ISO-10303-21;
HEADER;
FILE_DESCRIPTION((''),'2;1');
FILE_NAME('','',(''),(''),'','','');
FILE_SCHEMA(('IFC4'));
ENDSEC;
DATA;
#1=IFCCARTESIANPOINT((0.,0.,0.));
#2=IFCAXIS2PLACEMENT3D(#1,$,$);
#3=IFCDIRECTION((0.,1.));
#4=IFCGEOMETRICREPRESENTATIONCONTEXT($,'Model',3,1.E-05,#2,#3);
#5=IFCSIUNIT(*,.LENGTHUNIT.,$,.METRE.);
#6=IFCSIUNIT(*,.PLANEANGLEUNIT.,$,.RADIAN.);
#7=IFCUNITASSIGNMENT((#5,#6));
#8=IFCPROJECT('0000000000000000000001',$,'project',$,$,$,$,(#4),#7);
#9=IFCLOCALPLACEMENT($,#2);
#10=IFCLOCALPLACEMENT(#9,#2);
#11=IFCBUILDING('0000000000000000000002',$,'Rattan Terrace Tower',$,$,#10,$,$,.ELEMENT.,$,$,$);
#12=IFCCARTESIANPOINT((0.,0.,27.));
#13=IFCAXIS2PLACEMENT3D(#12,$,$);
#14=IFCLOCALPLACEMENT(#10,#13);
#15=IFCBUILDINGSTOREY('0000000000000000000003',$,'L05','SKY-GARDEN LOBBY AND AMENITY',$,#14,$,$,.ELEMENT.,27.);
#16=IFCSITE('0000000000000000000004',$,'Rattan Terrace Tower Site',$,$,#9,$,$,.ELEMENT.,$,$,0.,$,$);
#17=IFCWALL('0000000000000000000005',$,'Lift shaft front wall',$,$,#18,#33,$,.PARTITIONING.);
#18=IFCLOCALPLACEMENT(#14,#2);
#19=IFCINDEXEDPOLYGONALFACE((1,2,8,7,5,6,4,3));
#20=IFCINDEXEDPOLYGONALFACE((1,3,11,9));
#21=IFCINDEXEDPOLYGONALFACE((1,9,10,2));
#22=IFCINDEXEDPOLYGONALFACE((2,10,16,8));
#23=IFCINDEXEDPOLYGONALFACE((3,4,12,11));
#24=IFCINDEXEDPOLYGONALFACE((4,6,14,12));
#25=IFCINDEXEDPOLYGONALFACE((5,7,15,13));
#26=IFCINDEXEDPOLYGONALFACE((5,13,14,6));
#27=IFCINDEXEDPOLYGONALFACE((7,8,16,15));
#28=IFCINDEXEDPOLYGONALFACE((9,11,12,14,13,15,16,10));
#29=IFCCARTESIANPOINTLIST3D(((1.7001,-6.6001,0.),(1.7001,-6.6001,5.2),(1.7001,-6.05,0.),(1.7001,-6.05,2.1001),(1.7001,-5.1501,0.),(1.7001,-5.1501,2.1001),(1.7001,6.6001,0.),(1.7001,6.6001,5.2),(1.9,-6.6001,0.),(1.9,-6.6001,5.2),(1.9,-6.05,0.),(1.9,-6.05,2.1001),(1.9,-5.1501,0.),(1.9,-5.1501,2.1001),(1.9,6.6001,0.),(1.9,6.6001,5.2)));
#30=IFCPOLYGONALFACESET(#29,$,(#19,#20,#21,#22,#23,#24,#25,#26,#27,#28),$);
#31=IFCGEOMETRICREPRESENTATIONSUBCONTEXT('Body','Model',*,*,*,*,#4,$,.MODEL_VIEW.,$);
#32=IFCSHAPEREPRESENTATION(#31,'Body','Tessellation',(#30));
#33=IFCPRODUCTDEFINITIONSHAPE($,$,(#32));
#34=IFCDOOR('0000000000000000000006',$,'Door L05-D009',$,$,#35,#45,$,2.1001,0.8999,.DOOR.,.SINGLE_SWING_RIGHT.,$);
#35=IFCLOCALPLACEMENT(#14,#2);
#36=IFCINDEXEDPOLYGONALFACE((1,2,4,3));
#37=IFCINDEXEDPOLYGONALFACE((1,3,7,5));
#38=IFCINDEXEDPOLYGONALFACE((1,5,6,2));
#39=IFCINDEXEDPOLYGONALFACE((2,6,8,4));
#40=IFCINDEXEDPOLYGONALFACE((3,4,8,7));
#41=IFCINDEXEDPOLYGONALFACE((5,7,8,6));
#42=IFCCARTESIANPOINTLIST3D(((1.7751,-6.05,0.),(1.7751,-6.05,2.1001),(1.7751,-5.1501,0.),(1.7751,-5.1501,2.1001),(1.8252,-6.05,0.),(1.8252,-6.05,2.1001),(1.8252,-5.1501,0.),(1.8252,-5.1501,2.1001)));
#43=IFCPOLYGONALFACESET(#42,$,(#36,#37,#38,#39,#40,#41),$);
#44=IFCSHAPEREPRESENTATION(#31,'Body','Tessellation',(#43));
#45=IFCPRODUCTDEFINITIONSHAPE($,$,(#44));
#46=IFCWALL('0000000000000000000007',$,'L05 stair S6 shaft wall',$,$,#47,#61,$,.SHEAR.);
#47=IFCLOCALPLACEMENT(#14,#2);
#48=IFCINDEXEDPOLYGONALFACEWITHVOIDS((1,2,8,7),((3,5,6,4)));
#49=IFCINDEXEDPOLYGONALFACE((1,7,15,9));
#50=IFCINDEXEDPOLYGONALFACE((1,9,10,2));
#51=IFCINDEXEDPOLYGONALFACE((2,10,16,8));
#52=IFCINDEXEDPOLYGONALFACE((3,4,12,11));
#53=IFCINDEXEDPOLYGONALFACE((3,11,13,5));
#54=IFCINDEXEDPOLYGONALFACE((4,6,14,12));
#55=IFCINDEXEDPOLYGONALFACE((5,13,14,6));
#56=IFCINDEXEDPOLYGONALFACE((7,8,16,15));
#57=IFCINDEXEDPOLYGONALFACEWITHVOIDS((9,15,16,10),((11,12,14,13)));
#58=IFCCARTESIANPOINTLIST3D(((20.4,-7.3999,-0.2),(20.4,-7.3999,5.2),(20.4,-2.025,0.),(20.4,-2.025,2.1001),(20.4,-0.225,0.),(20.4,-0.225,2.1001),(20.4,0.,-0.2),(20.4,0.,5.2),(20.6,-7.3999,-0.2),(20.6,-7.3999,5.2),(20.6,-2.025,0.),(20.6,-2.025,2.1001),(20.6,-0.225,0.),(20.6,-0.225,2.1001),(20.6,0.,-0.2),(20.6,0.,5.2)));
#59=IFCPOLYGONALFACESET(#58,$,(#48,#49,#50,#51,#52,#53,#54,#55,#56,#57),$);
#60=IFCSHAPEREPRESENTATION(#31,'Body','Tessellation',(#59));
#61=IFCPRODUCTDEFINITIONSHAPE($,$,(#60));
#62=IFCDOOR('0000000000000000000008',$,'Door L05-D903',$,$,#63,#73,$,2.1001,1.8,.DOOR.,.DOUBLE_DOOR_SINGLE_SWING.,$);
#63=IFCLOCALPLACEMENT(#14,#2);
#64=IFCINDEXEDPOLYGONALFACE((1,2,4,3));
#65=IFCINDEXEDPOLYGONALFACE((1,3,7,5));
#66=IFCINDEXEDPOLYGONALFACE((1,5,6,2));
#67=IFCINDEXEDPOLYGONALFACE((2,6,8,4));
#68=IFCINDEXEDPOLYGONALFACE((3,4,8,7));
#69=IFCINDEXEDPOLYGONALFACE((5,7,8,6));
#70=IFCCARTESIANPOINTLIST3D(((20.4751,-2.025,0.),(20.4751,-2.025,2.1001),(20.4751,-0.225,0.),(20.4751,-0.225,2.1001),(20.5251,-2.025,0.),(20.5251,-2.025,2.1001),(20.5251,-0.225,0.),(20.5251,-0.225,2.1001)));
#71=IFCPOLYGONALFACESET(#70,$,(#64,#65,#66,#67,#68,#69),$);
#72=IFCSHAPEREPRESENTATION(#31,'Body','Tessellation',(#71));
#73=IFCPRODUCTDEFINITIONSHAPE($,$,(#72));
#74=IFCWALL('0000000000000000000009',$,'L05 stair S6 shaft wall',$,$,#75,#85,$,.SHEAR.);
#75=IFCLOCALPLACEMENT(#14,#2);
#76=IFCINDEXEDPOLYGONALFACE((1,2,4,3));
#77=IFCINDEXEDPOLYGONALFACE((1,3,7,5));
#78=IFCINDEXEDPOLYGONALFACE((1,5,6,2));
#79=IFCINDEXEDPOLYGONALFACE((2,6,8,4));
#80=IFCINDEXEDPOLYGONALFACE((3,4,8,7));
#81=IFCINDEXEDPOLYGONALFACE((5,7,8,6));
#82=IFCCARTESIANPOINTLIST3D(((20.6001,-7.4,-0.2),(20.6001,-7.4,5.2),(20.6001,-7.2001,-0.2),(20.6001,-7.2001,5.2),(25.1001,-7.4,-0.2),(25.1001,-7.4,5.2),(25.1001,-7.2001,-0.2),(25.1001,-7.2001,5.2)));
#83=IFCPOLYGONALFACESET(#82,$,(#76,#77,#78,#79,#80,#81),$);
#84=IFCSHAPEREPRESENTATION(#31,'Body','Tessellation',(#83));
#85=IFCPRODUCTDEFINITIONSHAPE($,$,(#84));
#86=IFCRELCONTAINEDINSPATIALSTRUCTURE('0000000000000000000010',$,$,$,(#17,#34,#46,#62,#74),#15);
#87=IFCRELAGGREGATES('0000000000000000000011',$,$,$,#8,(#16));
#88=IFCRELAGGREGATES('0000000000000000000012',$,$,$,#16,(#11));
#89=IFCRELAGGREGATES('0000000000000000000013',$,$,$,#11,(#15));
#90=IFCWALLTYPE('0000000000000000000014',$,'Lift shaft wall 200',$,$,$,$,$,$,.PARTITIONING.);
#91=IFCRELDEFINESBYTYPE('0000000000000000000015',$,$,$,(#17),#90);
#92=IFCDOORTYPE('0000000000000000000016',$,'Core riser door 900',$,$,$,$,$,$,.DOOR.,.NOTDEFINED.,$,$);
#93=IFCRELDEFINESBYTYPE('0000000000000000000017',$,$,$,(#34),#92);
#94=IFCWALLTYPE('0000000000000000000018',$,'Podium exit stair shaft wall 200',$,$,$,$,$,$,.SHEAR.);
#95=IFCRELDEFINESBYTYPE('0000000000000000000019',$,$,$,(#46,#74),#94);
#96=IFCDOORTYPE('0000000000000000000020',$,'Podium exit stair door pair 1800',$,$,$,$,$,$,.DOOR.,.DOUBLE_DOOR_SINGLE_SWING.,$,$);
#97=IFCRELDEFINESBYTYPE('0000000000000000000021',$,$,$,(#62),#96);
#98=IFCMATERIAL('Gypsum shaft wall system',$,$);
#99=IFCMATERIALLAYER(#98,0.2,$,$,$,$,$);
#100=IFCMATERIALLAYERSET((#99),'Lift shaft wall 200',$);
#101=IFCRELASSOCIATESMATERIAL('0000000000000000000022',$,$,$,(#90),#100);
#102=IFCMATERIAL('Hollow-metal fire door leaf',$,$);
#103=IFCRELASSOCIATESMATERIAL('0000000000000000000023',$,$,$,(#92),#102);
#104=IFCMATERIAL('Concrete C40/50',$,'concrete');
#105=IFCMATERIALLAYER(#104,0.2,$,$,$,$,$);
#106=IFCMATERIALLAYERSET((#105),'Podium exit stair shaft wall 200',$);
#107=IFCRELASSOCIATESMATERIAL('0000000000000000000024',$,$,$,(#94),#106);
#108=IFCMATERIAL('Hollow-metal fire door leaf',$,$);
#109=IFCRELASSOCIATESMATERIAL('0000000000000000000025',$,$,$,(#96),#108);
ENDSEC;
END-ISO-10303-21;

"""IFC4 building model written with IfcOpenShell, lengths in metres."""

from ifc_helpers import new_model, si_unit, direction, frame, frame_2d, origin, place, context, subcontext, project, spatial, rectangle, extrude, material, layer, layer_set, type_object, element, fill, save


model = new_model("IFC4")

# Units and contexts
model_context = context("Model", 3, precision=1e-05, world=origin(), true_north=direction((0.0, 1.0)))
body_context = subcontext(model_context, "Body", "Model", "MODEL_VIEW")
ifc_project = project(units=[si_unit("LENGTHUNIT", "METRE"), si_unit("PLANEANGLEUNIT", "RADIAN")], contexts=[model_context])

# Site, building, storey
site_placement = place(None, origin())
site = spatial("IfcSite", under=ifc_project, at=site_placement, Name="Rattan Terrace Tower Site", CompositionType="ELEMENT", RefElevation=0.0)
building_placement = place(site_placement, origin())
building = spatial("IfcBuilding", under=site, at=building_placement, Name="Rattan Terrace Tower", CompositionType="ELEMENT")
storey_placement = place(building_placement, frame((0.0, 0.0, 27.0)))
storey = spatial("IfcBuildingStorey", under=building, at=storey_placement, Name="L05", Description="SKY-GARDEN LOBBY AND AMENITY", CompositionType="ELEMENT", Elevation=27.0)

# Walls, openings, doors
ifc_material_1 = material(Name="Gypsum shaft wall system")
ifc_layer_1 = layer(ifc_material_1, 0.2)
ifc_layer_set_1 = layer_set([ifc_layer_1], Name="Lift shaft wall 200")
wall_type_1 = type_object("IfcWallType", Name="Lift shaft wall 200", PredefinedType="PARTITIONING", material=ifc_layer_set_1)
wall_1_placement = place(storey_placement, frame((1.8, -6.6001, 0.0), z_axis=(0.0, 0.0, 1.0), x_axis=(0.0, 1.0, 0.0)))
wall_1 = element("IfcWall", 1, at=wall_1_placement, inside=storey, type_object=wall_type_1, Name="Lift shaft front wall", PredefinedType="PARTITIONING", context=body_context, shape_type="SweptSolid", body=[
    extrude(rectangle(XDim=13.2002, YDim=0.2, at=frame_2d((6.6001, 0.0))), origin(), (0.0, 0.0, 1.0), 5.2),
])
opening_1_placement = place(wall_1_placement, frame((0.55, 0.0, 0.0)))
opening_1 = element("IfcOpeningElement", 2, at=opening_1_placement, cuts=wall_1, PredefinedType="OPENING", context=body_context, shape_type="SweptSolid", body=[
    extrude(rectangle(XDim=0.8999, YDim=2.1001, at=frame_2d((0.45, 1.05))), frame((0.0, 0.1106, 0.0), z_axis=(0.0, -1.0, 0.0), x_axis=(1.0, 0.0, 0.0)), (0.0, 0.0, 1.0), 0.2209),
])
ifc_material_2 = material(Name="Hollow-metal fire door leaf")
door_type_1 = type_object("IfcDoorType", Name="Core riser door 900", OperationType="NOTDEFINED", PredefinedType="DOOR", material=ifc_material_2)
door_1_placement = place(opening_1_placement, origin())
door_1 = element("IfcDoor", 3, at=door_1_placement, inside=storey, type_object=door_type_1, Name="Door L05-D009", OperationType="SINGLE_SWING_RIGHT", OverallHeight=2.1001, OverallWidth=0.8999, PredefinedType="DOOR", context=body_context, shape_type="SweptSolid", body=[
    extrude(rectangle(XDim=0.8999, YDim=2.1001, at=frame_2d((0.45, 1.05))), frame((0.0, 0.0249, 0.0), z_axis=(0.0, -1.0, 0.0), x_axis=(1.0, 0.0, 0.0)), (0.0, 0.0, 1.0), 0.05),
])
fill(opening_1, door_1)
ifc_material_3 = material(Name="Concrete C40/50", Category="concrete")
ifc_layer_2 = layer(ifc_material_3, 0.2)
ifc_layer_set_2 = layer_set([ifc_layer_2], Name="Podium exit stair shaft wall 200")
wall_type_2 = type_object("IfcWallType", Name="Podium exit stair shaft wall 200", PredefinedType="SHEAR", material=ifc_layer_set_2)
wall_2_placement = place(storey_placement, frame((20.5, -7.3999, -0.2), z_axis=(0.0, 0.0, 1.0), x_axis=(0.0, 1.0, 0.0)))
wall_2 = element("IfcWall", 4, at=wall_2_placement, inside=storey, type_object=wall_type_2, Name="L05 stair S6 shaft wall", PredefinedType="SHEAR", context=body_context, shape_type="SweptSolid", body=[
    extrude(rectangle(XDim=7.3999, YDim=0.2, at=frame_2d((3.7, 0.0))), origin(), (0.0, 0.0, 1.0), 5.3999),
])
opening_2_placement = place(wall_2_placement, frame((5.375, 0.0, 0.2)))
opening_2 = element("IfcOpeningElement", 5, at=opening_2_placement, cuts=wall_2, PredefinedType="OPENING", context=body_context, shape_type="SweptSolid", body=[
    extrude(rectangle(XDim=1.8, YDim=2.1001, at=frame_2d((0.8999, 1.05))), frame((0.0, 0.1106, 0.0), z_axis=(0.0, -1.0, 0.0), x_axis=(1.0, 0.0, 0.0)), (0.0, 0.0, 1.0), 0.2209),
])
ifc_material_4 = material(Name="Hollow-metal fire door leaf")
door_type_2 = type_object("IfcDoorType", Name="Podium exit stair door pair 1800", OperationType="DOUBLE_DOOR_SINGLE_SWING", PredefinedType="DOOR", material=ifc_material_4)
door_2_placement = place(opening_2_placement, origin())
door_2 = element("IfcDoor", 6, at=door_2_placement, inside=storey, type_object=door_type_2, Name="Door L05-D903", OperationType="DOUBLE_DOOR_SINGLE_SWING", OverallHeight=2.1001, OverallWidth=1.8, PredefinedType="DOOR", context=body_context, shape_type="SweptSolid", body=[
    extrude(rectangle(XDim=1.8, YDim=2.1001, at=frame_2d((0.8999, 1.05))), frame((0.0, 0.0249, 0.0), z_axis=(0.0, -1.0, 0.0), x_axis=(1.0, 0.0, 0.0)), (0.0, 0.0, 1.0), 0.05),
])
fill(opening_2, door_2)

# Wall
wall_3_placement = place(storey_placement, frame((20.6001, -7.3, -0.2), z_axis=(0.0, 0.0, 1.0), x_axis=(1.0, 0.0, 0.0)))
element("IfcWall", 7, at=wall_3_placement, inside=storey, type_object=wall_type_2, Name="L05 stair S6 shaft wall", PredefinedType="SHEAR", context=body_context, shape_type="SweptSolid", body=[
    extrude(rectangle(XDim=4.5, YDim=0.2, at=frame_2d((2.25, 0.0))), origin(), (0.0, 0.0, 1.0), 5.3999),
])

save(model, "model.ifc")
